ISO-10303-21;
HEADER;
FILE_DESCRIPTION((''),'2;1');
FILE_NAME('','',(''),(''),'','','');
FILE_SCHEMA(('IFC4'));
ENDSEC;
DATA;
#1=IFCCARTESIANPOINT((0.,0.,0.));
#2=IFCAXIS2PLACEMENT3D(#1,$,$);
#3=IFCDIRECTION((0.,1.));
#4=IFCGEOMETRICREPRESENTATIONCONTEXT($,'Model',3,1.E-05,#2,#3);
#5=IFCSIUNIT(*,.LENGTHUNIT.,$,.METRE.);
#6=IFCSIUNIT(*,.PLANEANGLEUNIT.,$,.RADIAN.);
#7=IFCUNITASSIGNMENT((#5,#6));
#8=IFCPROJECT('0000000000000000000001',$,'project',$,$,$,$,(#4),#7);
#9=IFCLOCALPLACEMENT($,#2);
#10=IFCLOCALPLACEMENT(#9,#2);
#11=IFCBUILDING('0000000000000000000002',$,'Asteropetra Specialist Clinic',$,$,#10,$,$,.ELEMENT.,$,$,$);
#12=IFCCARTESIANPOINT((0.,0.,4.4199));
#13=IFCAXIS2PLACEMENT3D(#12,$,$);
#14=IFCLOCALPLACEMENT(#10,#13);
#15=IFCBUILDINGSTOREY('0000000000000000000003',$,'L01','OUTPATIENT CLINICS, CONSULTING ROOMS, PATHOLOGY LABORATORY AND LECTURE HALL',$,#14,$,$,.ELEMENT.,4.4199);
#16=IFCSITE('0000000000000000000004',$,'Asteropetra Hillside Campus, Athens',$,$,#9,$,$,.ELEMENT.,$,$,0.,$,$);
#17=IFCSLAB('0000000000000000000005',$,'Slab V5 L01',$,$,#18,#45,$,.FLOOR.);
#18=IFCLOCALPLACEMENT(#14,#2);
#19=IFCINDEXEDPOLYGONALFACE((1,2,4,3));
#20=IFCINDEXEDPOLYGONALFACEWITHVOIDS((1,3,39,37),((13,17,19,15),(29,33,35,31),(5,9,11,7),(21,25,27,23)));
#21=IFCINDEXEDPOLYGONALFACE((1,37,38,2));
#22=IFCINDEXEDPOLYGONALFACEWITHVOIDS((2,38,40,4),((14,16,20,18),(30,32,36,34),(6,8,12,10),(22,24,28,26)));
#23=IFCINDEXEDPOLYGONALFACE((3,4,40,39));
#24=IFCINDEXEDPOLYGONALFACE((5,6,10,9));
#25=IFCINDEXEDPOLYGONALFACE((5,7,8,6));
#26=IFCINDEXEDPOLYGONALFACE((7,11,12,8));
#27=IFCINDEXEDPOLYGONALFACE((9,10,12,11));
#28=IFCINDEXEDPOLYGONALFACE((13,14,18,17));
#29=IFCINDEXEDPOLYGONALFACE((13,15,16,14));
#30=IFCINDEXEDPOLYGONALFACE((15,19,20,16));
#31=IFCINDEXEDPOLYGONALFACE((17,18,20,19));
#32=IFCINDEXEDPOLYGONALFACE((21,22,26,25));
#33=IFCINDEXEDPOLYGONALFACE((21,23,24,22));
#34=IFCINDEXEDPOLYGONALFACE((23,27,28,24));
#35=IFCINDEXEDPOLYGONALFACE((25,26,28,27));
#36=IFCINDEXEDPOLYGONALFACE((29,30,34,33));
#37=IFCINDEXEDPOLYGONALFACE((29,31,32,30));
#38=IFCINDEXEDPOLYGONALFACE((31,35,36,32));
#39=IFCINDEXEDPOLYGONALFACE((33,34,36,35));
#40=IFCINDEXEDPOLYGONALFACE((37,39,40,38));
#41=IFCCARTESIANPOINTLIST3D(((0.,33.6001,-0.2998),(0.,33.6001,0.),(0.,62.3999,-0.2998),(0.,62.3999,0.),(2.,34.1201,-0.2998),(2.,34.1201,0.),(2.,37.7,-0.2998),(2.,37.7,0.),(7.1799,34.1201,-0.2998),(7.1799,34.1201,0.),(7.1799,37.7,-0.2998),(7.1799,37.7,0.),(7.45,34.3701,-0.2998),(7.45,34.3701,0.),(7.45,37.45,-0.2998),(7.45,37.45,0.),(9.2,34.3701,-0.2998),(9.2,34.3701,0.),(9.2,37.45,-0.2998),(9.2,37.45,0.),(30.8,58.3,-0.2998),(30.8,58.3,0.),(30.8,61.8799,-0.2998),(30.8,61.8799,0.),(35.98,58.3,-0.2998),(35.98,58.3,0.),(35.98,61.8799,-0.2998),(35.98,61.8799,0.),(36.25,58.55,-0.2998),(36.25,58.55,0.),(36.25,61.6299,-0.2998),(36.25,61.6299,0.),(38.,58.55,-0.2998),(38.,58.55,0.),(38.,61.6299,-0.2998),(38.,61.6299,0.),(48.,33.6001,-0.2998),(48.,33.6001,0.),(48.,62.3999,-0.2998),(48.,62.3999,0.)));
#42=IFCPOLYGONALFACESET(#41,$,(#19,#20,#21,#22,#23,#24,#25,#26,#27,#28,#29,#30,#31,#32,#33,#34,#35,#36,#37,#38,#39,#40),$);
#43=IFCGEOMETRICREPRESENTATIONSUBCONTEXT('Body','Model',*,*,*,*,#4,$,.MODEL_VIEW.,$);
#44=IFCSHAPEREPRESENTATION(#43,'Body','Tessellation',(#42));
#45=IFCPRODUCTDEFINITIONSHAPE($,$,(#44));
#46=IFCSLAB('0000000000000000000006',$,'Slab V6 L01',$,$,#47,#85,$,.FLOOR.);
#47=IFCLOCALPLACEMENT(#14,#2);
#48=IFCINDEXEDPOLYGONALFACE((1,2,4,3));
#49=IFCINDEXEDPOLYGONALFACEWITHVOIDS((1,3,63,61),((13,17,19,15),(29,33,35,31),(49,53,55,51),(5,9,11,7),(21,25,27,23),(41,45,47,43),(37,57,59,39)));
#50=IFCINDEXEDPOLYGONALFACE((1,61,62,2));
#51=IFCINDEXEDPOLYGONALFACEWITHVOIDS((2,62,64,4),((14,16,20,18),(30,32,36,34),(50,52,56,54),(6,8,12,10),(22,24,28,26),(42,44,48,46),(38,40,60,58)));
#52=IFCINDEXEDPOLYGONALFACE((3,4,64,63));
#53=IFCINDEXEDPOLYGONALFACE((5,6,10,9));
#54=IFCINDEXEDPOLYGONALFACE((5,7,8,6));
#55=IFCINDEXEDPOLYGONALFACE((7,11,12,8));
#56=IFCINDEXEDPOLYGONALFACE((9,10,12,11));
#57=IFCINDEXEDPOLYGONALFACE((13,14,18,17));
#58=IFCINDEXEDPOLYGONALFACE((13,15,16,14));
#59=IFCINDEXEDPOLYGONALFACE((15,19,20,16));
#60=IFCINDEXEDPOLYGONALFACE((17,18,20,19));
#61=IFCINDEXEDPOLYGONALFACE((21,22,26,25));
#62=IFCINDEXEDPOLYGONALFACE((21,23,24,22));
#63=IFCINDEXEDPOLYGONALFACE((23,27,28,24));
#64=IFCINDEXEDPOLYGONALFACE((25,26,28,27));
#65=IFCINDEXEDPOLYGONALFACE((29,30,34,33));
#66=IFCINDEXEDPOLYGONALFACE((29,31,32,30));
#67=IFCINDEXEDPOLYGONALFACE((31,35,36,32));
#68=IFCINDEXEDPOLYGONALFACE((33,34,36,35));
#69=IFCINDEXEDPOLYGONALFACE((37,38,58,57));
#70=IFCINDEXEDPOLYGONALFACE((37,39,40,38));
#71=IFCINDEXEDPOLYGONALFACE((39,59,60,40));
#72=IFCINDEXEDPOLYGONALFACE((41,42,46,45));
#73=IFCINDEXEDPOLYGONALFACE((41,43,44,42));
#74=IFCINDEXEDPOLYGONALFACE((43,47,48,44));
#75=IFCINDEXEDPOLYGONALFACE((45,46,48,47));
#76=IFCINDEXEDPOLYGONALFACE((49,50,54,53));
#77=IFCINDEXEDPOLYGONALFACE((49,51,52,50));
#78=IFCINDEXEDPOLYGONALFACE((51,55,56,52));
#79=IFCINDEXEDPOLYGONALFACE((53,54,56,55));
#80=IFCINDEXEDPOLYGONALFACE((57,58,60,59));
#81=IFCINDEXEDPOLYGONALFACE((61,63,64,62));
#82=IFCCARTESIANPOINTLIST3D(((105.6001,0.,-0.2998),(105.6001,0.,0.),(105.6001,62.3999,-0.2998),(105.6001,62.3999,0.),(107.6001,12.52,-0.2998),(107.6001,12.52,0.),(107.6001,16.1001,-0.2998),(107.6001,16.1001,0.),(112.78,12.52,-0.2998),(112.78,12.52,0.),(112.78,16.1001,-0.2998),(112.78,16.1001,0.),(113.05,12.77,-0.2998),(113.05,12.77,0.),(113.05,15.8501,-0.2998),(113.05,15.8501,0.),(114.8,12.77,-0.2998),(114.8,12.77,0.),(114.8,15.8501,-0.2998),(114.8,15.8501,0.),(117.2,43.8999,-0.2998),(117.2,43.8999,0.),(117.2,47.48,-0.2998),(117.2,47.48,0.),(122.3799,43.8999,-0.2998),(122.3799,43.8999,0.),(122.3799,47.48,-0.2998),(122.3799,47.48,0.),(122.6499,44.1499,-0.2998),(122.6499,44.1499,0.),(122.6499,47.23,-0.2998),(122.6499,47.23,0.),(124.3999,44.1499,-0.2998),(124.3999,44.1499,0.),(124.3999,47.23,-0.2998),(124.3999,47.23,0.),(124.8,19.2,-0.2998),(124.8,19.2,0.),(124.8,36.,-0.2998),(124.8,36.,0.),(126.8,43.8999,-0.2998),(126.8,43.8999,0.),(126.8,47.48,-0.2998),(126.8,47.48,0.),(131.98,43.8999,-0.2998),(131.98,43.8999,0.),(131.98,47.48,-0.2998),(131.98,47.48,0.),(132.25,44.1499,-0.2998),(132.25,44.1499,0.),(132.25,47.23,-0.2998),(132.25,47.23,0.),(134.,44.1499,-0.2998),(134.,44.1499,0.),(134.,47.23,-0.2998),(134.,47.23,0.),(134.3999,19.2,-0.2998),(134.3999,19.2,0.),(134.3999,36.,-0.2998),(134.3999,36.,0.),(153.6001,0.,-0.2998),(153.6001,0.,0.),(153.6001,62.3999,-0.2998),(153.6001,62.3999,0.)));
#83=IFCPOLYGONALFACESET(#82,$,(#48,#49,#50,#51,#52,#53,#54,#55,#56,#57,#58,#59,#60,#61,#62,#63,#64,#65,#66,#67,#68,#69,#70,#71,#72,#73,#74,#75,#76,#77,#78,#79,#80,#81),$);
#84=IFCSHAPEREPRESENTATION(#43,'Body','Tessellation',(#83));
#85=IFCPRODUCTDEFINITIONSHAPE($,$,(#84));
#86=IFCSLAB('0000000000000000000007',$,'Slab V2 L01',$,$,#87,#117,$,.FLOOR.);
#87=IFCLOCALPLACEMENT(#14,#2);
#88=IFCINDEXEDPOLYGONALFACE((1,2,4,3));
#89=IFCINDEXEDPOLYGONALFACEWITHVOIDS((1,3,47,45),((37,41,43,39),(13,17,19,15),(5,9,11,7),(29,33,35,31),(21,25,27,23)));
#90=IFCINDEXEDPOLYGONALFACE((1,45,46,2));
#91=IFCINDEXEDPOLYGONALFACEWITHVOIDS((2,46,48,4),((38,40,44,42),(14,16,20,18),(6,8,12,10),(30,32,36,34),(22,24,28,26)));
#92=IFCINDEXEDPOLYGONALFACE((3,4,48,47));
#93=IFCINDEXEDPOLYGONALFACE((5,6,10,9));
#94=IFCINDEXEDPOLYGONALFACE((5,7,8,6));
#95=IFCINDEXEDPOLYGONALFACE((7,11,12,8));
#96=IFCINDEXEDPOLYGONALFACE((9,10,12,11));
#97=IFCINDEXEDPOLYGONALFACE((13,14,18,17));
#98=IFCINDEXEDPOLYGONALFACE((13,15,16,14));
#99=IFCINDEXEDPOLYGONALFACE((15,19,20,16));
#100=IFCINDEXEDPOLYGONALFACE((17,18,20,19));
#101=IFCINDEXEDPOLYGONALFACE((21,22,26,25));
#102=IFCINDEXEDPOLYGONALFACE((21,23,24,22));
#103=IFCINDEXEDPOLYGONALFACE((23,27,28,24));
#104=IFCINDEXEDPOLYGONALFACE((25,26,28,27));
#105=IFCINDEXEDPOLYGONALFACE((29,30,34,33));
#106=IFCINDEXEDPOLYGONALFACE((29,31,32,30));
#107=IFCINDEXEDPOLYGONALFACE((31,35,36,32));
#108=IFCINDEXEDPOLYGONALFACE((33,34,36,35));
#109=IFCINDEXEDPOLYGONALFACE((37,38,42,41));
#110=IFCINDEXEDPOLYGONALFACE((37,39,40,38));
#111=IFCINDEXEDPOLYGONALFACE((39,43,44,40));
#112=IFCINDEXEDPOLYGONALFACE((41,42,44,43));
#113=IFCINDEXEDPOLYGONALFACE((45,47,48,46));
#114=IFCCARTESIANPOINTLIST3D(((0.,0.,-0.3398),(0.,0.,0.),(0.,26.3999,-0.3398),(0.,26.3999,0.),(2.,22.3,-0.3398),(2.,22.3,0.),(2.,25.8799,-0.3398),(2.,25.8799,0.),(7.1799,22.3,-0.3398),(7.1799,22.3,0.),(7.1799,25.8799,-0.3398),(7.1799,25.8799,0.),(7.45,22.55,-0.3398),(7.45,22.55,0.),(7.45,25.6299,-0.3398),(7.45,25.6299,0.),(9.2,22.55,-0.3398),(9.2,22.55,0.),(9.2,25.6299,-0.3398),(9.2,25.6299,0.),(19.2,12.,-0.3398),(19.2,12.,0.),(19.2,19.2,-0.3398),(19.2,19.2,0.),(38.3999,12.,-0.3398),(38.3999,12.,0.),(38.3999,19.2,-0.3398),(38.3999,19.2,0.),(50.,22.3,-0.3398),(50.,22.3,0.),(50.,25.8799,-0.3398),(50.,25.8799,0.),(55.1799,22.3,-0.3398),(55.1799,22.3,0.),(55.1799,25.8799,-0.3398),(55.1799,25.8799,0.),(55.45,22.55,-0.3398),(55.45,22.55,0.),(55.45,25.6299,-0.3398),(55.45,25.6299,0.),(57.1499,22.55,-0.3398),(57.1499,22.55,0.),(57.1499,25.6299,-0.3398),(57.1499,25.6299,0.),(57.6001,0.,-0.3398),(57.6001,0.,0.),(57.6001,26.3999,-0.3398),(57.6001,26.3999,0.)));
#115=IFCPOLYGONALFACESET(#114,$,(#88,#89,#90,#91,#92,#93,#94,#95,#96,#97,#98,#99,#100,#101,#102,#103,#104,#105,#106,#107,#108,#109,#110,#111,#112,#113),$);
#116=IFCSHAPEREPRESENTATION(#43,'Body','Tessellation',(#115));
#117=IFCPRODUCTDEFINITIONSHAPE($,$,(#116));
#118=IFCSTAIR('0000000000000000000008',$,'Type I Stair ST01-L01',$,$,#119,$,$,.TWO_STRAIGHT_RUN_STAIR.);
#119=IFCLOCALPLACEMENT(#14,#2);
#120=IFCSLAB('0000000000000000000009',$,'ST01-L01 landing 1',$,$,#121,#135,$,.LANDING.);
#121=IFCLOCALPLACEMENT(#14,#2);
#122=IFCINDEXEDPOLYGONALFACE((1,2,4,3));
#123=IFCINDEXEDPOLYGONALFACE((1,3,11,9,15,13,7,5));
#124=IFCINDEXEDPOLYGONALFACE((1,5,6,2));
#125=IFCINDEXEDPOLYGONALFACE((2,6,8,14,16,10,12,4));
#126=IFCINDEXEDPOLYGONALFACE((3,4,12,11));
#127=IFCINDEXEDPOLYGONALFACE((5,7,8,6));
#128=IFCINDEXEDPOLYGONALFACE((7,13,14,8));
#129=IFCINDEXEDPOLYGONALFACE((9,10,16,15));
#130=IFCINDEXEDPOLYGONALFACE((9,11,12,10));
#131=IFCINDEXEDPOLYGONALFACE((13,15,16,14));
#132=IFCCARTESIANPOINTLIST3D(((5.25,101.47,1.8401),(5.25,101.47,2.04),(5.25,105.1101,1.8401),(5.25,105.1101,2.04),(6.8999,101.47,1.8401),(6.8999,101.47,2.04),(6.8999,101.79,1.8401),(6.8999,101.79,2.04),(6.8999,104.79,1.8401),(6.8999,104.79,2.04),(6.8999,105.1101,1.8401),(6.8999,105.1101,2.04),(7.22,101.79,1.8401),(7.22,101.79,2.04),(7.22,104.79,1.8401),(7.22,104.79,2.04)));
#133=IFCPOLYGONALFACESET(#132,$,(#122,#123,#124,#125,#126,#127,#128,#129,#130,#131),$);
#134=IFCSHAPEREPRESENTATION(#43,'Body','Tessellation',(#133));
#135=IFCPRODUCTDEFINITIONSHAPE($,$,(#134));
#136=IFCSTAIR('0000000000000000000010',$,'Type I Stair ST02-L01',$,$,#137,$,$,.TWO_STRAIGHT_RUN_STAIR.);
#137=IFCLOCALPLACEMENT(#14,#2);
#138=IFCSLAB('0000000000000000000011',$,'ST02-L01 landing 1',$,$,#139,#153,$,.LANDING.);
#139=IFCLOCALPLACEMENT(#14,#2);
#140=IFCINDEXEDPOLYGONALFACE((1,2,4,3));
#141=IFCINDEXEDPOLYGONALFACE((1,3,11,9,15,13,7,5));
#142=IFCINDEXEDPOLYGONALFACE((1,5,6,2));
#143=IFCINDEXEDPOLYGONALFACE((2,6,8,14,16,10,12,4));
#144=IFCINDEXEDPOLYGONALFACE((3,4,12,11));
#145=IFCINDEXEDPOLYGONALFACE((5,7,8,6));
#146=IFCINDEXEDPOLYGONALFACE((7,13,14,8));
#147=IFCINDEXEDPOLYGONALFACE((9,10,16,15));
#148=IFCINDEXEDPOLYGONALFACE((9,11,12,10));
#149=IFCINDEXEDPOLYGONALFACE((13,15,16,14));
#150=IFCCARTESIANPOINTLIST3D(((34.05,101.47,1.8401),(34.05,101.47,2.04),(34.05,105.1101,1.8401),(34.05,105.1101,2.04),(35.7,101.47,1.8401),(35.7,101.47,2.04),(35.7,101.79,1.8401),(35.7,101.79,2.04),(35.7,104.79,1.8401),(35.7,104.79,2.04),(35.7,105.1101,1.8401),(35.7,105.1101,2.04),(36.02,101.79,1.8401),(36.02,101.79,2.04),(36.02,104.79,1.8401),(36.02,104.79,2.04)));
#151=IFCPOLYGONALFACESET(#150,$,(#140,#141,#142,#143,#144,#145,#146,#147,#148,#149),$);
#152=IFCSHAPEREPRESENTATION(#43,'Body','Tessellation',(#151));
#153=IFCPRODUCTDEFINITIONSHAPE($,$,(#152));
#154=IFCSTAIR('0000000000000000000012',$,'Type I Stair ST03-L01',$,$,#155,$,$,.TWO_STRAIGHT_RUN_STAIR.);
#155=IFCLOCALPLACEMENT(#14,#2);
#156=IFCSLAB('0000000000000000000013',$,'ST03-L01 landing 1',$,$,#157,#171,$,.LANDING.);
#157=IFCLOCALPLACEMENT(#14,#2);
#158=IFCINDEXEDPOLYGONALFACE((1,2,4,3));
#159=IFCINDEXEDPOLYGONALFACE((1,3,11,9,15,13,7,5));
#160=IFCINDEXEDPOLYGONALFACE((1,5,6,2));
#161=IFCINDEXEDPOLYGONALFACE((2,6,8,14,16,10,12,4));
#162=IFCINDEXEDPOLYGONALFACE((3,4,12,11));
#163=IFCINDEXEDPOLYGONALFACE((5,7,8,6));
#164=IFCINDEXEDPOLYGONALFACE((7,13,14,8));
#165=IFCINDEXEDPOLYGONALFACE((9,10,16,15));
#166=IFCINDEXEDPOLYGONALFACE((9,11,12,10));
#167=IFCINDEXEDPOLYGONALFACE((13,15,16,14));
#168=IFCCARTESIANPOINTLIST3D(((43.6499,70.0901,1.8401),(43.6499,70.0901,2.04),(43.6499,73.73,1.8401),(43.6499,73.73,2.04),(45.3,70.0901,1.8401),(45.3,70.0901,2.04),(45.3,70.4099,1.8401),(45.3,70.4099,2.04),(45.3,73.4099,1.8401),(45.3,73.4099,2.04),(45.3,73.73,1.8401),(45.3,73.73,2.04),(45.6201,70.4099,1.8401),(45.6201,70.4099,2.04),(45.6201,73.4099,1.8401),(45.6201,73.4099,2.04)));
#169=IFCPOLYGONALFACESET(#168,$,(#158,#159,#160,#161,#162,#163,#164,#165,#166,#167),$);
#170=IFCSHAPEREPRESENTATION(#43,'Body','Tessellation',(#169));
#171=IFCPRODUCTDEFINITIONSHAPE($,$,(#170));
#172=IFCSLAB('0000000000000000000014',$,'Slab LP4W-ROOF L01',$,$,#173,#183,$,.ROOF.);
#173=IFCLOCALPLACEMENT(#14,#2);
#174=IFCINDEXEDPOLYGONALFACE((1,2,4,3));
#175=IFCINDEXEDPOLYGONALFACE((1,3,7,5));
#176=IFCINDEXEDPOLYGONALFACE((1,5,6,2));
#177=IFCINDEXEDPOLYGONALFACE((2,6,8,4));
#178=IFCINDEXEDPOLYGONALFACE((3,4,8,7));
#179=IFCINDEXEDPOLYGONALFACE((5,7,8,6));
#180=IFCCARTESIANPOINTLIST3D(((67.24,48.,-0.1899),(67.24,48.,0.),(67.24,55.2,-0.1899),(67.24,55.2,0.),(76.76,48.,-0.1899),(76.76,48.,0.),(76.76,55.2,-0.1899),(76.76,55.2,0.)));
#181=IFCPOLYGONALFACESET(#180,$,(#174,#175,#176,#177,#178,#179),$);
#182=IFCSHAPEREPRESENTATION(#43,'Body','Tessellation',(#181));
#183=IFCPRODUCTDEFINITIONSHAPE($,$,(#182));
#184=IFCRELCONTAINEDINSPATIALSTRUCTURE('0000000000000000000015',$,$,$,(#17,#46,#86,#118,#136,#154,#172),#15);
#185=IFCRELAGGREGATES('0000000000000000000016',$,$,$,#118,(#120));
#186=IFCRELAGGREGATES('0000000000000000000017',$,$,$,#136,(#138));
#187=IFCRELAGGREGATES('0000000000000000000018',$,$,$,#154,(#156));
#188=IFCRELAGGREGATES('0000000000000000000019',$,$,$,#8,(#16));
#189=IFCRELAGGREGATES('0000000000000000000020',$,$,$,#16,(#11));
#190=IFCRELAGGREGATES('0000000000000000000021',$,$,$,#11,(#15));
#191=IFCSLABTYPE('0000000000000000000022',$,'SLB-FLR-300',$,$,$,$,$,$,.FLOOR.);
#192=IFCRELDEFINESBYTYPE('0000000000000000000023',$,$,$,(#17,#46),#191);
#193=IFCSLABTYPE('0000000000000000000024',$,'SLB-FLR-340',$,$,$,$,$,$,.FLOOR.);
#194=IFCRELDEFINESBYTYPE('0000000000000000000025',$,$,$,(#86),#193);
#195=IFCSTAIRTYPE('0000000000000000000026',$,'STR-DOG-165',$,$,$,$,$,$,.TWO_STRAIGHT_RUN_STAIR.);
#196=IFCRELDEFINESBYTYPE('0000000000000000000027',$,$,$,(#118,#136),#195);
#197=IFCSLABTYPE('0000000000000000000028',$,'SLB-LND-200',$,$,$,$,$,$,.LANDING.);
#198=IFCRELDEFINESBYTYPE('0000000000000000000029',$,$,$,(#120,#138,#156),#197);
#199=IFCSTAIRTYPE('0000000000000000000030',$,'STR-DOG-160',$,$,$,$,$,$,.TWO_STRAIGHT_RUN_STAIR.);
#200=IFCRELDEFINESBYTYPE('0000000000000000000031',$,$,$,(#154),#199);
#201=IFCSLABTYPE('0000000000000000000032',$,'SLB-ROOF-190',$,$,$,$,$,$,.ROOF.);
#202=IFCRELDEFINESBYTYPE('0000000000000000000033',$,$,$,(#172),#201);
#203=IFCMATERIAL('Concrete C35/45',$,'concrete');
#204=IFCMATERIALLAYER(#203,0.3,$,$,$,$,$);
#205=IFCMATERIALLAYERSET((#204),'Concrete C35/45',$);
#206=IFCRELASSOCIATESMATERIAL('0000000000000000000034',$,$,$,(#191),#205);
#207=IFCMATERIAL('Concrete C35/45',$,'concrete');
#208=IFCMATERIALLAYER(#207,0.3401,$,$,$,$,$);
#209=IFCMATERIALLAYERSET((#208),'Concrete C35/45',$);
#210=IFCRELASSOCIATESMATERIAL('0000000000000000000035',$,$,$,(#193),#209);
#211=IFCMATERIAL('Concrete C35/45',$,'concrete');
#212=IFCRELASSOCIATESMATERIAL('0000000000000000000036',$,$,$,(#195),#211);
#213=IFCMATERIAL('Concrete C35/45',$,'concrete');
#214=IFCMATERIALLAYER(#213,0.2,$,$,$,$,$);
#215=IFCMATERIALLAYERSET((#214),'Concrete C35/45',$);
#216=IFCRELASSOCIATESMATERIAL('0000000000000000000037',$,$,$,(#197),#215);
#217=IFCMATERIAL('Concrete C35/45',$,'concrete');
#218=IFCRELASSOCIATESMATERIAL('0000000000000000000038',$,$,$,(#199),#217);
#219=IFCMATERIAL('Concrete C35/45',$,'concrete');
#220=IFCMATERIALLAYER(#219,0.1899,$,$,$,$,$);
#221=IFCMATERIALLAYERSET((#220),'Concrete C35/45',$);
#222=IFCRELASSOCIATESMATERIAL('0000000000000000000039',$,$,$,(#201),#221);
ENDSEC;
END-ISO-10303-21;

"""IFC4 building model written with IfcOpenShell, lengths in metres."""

from ifc_helpers import new_model, si_unit, direction, frame, origin, place, context, subcontext, project, spatial, polyline, outline, extrude, material, layer, layer_set, type_object, element, aggregate, save


model = new_model("IFC4")

# Units and contexts
model_context = context("Model", 3, precision=1e-05, world=origin(), true_north=direction((0.0, 1.0)))
body_context = subcontext(model_context, "Body", "Model", "MODEL_VIEW")
ifc_project = project(units=[si_unit("LENGTHUNIT", "METRE"), si_unit("PLANEANGLEUNIT", "RADIAN")], contexts=[model_context])

# Site, building, storey
site_placement = place(None, origin())
site = spatial("IfcSite", under=ifc_project, at=site_placement, Name="Asteropetra Hillside Campus, Athens", CompositionType="ELEMENT", RefElevation=0.0)
building_placement = place(site_placement, origin())
building = spatial("IfcBuilding", under=site, at=building_placement, Name="Asteropetra Specialist Clinic", CompositionType="ELEMENT")
storey_placement = place(building_placement, frame((0.0, 0.0, 4.4199)))
storey = spatial("IfcBuildingStorey", under=building, at=storey_placement, Name="L01", Description="OUTPATIENT CLINICS, CONSULTING ROOMS, PATHOLOGY LABORATORY AND LECTURE HALL", CompositionType="ELEMENT", Elevation=4.4199)

# Slabs
ifc_material_1 = material(Name="Concrete C35/45", Category="concrete")
ifc_layer_1 = layer(ifc_material_1, 0.3)
ifc_layer_set_1 = layer_set([ifc_layer_1], Name="Concrete C35/45")
slab_type_1 = type_object("IfcSlabType", Name="SLB-FLR-300", PredefinedType="FLOOR", material=ifc_layer_set_1)
slab_1_placement = place(storey_placement, frame((0.0, 0.0, -0.2998)))
element("IfcSlab", 1, at=slab_1_placement, inside=storey, type_object=slab_type_1, Name="Slab V5 L01", PredefinedType="FLOOR", context=body_context, shape_type="SweptSolid", body=[
    extrude(outline(polyline([(0.0, 33.6001), (48.0, 33.6001), (48.0, 62.3999), (0.0, 62.3999), (0.0, 33.6001)]), holes=[polyline([(2.0, 34.1201), (7.1799, 34.1201), (7.1799, 37.7), (2.0, 37.7), (2.0, 34.1201)]), polyline([(7.45, 34.3701), (9.2, 34.3701), (9.2, 37.45), (7.45, 37.45), (7.45, 34.3701)]), polyline([(30.8, 58.3), (35.98, 58.3), (35.98, 61.8799), (30.8, 61.8799), (30.8, 58.3)]), polyline([(36.25, 58.55), (38.0, 58.55), (38.0, 61.6299), (36.25, 61.6299), (36.25, 58.55)])]), origin(), (0.0, 0.0, 1.0), 0.2998),
])
slab_2_placement = place(storey_placement, frame((0.0, 0.0, -0.2998)))
element("IfcSlab", 2, at=slab_2_placement, inside=storey, type_object=slab_type_1, Name="Slab V6 L01", PredefinedType="FLOOR", context=body_context, shape_type="SweptSolid", body=[
    extrude(outline(polyline([(105.6001, 0.0), (153.6001, 0.0), (153.6001, 62.3999), (105.6001, 62.3999), (105.6001, 0.0)]), holes=[polyline([(124.8, 19.2), (134.3999, 19.2), (134.3999, 36.0), (124.8, 36.0), (124.8, 19.2)]), polyline([(107.6001, 12.52), (112.78, 12.52), (112.78, 16.1001), (107.6001, 16.1001), (107.6001, 12.52)]), polyline([(113.05, 12.77), (114.8, 12.77), (114.8, 15.8501), (113.05, 15.8501), (113.05, 12.77)]), polyline([(126.8, 43.8999), (131.98, 43.8999), (131.98, 47.48), (126.8, 47.48), (126.8, 43.8999)]), polyline([(132.25, 44.1499), (134.0, 44.1499), (134.0, 47.23), (132.25, 47.23), (132.25, 44.1499)]), polyline([(117.2, 43.8999), (122.3799, 43.8999), (122.3799, 47.48), (117.2, 47.48), (117.2, 43.8999)]), polyline([(122.6499, 44.1499), (124.3999, 44.1499), (124.3999, 47.23), (122.6499, 47.23), (122.6499, 44.1499)])]), origin(), (0.0, 0.0, 1.0), 0.2998),
])
ifc_material_2 = material(Name="Concrete C35/45", Category="concrete")
ifc_layer_2 = layer(ifc_material_2, 0.3401)
ifc_layer_set_2 = layer_set([ifc_layer_2], Name="Concrete C35/45")
slab_type_2 = type_object("IfcSlabType", Name="SLB-FLR-340", PredefinedType="FLOOR", material=ifc_layer_set_2)
slab_3_placement = place(storey_placement, frame((0.0, 0.0, -0.3398)))
element("IfcSlab", 3, at=slab_3_placement, inside=storey, type_object=slab_type_2, Name="Slab V2 L01", PredefinedType="FLOOR", context=body_context, shape_type="SweptSolid", body=[
    extrude(outline(polyline([(0.0, 0.0), (57.6001, 0.0), (57.6001, 26.3999), (0.0, 26.3999), (0.0, 0.0)]), holes=[polyline([(19.2, 12.0), (38.3999, 12.0), (38.3999, 19.2), (19.2, 19.2), (19.2, 12.0)]), polyline([(2.0, 22.3), (7.1799, 22.3), (7.1799, 25.8799), (2.0, 25.8799), (2.0, 22.3)]), polyline([(7.45, 22.55), (9.2, 22.55), (9.2, 25.6299), (7.45, 25.6299), (7.45, 22.55)]), polyline([(50.0, 22.3), (55.1799, 22.3), (55.1799, 25.8799), (50.0, 25.8799), (50.0, 22.3)]), polyline([(55.45, 22.55), (57.1499, 22.55), (57.1499, 25.6299), (55.45, 25.6299), (55.45, 22.55)])]), origin(), (0.0, 0.0, 1.0), 0.3398),
])

# Stairs, slabs
ifc_material_3 = material(Name="Concrete C35/45", Category="concrete")
stair_type_1 = type_object("IfcStairType", Name="STR-DOG-165", PredefinedType="TWO_STRAIGHT_RUN_STAIR", material=ifc_material_3)
stair_1_placement = place(storey_placement, origin())
stair_1 = element("IfcStair", 4, at=stair_1_placement, inside=storey, type_object=stair_type_1, Name="Type I Stair ST01-L01", PredefinedType="TWO_STRAIGHT_RUN_STAIR")
ifc_material_4 = material(Name="Concrete C35/45", Category="concrete")
ifc_layer_3 = layer(ifc_material_4, 0.2)
ifc_layer_set_3 = layer_set([ifc_layer_3], Name="Concrete C35/45")
slab_type_3 = type_object("IfcSlabType", Name="SLB-LND-200", PredefinedType="LANDING", material=ifc_layer_set_3)
slab_4_placement = place(storey_placement, frame((0.0, 0.0, 1.8401)))
slab_4 = element("IfcSlab", 5, at=slab_4_placement, type_object=slab_type_3, Name="ST01-L01 landing 1", PredefinedType="LANDING", context=body_context, shape_type="SweptSolid", body=[
    extrude(outline(polyline([(5.25, 101.47), (6.8999, 101.47), (6.8999, 101.79), (7.22, 101.79), (7.22, 104.79), (6.8999, 104.79), (6.8999, 105.1101), (5.25, 105.1101), (5.25, 101.47)])), origin(), (0.0, 0.0, 1.0), 0.2),
])
aggregate(stair_1, [slab_4])
stair_2_placement = place(storey_placement, origin())
stair_2 = element("IfcStair", 6, at=stair_2_placement, inside=storey, type_object=stair_type_1, Name="Type I Stair ST02-L01", PredefinedType="TWO_STRAIGHT_RUN_STAIR")
slab_5_placement = place(storey_placement, frame((0.0, 0.0, 1.8401)))
slab_5 = element("IfcSlab", 7, at=slab_5_placement, type_object=slab_type_3, Name="ST02-L01 landing 1", PredefinedType="LANDING", context=body_context, shape_type="SweptSolid", body=[
    extrude(outline(polyline([(34.05, 101.47), (35.7, 101.47), (35.7, 101.79), (36.02, 101.79), (36.02, 104.79), (35.7, 104.79), (35.7, 105.1101), (34.05, 105.1101), (34.05, 101.47)])), origin(), (0.0, 0.0, 1.0), 0.2),
])
aggregate(stair_2, [slab_5])
ifc_material_5 = material(Name="Concrete C35/45", Category="concrete")
stair_type_2 = type_object("IfcStairType", Name="STR-DOG-160", PredefinedType="TWO_STRAIGHT_RUN_STAIR", material=ifc_material_5)
stair_3_placement = place(storey_placement, origin())
stair_3 = element("IfcStair", 8, at=stair_3_placement, inside=storey, type_object=stair_type_2, Name="Type I Stair ST03-L01", PredefinedType="TWO_STRAIGHT_RUN_STAIR")
slab_6_placement = place(storey_placement, frame((0.0, 0.0, 1.8401)))
slab_6 = element("IfcSlab", 9, at=slab_6_placement, type_object=slab_type_3, Name="ST03-L01 landing 1", PredefinedType="LANDING", context=body_context, shape_type="SweptSolid", body=[
    extrude(outline(polyline([(43.6499, 70.0901), (45.3, 70.0901), (45.3, 70.4099), (45.6201, 70.4099), (45.6201, 73.4099), (45.3, 73.4099), (45.3, 73.73), (43.6499, 73.73), (43.6499, 70.0901)])), origin(), (0.0, 0.0, 1.0), 0.2),
])
aggregate(stair_3, [slab_6])

# Slab
ifc_material_6 = material(Name="Concrete C35/45", Category="concrete")
ifc_layer_4 = layer(ifc_material_6, 0.1899)
ifc_layer_set_4 = layer_set([ifc_layer_4], Name="Concrete C35/45")
slab_type_4 = type_object("IfcSlabType", Name="SLB-ROOF-190", PredefinedType="ROOF", material=ifc_layer_set_4)
slab_7_placement = place(storey_placement, frame((0.0, 0.0, -0.1899)))
element("IfcSlab", 10, at=slab_7_placement, inside=storey, type_object=slab_type_4, Name="Slab LP4W-ROOF L01", PredefinedType="ROOF", context=body_context, shape_type="SweptSolid", body=[
    extrude(outline(polyline([(67.24, 48.0), (76.76, 48.0), (76.76, 55.2), (67.24, 55.2), (67.24, 48.0)])), origin(), (0.0, 0.0, 1.0), 0.1899),
])

save(model, "model.ifc")
